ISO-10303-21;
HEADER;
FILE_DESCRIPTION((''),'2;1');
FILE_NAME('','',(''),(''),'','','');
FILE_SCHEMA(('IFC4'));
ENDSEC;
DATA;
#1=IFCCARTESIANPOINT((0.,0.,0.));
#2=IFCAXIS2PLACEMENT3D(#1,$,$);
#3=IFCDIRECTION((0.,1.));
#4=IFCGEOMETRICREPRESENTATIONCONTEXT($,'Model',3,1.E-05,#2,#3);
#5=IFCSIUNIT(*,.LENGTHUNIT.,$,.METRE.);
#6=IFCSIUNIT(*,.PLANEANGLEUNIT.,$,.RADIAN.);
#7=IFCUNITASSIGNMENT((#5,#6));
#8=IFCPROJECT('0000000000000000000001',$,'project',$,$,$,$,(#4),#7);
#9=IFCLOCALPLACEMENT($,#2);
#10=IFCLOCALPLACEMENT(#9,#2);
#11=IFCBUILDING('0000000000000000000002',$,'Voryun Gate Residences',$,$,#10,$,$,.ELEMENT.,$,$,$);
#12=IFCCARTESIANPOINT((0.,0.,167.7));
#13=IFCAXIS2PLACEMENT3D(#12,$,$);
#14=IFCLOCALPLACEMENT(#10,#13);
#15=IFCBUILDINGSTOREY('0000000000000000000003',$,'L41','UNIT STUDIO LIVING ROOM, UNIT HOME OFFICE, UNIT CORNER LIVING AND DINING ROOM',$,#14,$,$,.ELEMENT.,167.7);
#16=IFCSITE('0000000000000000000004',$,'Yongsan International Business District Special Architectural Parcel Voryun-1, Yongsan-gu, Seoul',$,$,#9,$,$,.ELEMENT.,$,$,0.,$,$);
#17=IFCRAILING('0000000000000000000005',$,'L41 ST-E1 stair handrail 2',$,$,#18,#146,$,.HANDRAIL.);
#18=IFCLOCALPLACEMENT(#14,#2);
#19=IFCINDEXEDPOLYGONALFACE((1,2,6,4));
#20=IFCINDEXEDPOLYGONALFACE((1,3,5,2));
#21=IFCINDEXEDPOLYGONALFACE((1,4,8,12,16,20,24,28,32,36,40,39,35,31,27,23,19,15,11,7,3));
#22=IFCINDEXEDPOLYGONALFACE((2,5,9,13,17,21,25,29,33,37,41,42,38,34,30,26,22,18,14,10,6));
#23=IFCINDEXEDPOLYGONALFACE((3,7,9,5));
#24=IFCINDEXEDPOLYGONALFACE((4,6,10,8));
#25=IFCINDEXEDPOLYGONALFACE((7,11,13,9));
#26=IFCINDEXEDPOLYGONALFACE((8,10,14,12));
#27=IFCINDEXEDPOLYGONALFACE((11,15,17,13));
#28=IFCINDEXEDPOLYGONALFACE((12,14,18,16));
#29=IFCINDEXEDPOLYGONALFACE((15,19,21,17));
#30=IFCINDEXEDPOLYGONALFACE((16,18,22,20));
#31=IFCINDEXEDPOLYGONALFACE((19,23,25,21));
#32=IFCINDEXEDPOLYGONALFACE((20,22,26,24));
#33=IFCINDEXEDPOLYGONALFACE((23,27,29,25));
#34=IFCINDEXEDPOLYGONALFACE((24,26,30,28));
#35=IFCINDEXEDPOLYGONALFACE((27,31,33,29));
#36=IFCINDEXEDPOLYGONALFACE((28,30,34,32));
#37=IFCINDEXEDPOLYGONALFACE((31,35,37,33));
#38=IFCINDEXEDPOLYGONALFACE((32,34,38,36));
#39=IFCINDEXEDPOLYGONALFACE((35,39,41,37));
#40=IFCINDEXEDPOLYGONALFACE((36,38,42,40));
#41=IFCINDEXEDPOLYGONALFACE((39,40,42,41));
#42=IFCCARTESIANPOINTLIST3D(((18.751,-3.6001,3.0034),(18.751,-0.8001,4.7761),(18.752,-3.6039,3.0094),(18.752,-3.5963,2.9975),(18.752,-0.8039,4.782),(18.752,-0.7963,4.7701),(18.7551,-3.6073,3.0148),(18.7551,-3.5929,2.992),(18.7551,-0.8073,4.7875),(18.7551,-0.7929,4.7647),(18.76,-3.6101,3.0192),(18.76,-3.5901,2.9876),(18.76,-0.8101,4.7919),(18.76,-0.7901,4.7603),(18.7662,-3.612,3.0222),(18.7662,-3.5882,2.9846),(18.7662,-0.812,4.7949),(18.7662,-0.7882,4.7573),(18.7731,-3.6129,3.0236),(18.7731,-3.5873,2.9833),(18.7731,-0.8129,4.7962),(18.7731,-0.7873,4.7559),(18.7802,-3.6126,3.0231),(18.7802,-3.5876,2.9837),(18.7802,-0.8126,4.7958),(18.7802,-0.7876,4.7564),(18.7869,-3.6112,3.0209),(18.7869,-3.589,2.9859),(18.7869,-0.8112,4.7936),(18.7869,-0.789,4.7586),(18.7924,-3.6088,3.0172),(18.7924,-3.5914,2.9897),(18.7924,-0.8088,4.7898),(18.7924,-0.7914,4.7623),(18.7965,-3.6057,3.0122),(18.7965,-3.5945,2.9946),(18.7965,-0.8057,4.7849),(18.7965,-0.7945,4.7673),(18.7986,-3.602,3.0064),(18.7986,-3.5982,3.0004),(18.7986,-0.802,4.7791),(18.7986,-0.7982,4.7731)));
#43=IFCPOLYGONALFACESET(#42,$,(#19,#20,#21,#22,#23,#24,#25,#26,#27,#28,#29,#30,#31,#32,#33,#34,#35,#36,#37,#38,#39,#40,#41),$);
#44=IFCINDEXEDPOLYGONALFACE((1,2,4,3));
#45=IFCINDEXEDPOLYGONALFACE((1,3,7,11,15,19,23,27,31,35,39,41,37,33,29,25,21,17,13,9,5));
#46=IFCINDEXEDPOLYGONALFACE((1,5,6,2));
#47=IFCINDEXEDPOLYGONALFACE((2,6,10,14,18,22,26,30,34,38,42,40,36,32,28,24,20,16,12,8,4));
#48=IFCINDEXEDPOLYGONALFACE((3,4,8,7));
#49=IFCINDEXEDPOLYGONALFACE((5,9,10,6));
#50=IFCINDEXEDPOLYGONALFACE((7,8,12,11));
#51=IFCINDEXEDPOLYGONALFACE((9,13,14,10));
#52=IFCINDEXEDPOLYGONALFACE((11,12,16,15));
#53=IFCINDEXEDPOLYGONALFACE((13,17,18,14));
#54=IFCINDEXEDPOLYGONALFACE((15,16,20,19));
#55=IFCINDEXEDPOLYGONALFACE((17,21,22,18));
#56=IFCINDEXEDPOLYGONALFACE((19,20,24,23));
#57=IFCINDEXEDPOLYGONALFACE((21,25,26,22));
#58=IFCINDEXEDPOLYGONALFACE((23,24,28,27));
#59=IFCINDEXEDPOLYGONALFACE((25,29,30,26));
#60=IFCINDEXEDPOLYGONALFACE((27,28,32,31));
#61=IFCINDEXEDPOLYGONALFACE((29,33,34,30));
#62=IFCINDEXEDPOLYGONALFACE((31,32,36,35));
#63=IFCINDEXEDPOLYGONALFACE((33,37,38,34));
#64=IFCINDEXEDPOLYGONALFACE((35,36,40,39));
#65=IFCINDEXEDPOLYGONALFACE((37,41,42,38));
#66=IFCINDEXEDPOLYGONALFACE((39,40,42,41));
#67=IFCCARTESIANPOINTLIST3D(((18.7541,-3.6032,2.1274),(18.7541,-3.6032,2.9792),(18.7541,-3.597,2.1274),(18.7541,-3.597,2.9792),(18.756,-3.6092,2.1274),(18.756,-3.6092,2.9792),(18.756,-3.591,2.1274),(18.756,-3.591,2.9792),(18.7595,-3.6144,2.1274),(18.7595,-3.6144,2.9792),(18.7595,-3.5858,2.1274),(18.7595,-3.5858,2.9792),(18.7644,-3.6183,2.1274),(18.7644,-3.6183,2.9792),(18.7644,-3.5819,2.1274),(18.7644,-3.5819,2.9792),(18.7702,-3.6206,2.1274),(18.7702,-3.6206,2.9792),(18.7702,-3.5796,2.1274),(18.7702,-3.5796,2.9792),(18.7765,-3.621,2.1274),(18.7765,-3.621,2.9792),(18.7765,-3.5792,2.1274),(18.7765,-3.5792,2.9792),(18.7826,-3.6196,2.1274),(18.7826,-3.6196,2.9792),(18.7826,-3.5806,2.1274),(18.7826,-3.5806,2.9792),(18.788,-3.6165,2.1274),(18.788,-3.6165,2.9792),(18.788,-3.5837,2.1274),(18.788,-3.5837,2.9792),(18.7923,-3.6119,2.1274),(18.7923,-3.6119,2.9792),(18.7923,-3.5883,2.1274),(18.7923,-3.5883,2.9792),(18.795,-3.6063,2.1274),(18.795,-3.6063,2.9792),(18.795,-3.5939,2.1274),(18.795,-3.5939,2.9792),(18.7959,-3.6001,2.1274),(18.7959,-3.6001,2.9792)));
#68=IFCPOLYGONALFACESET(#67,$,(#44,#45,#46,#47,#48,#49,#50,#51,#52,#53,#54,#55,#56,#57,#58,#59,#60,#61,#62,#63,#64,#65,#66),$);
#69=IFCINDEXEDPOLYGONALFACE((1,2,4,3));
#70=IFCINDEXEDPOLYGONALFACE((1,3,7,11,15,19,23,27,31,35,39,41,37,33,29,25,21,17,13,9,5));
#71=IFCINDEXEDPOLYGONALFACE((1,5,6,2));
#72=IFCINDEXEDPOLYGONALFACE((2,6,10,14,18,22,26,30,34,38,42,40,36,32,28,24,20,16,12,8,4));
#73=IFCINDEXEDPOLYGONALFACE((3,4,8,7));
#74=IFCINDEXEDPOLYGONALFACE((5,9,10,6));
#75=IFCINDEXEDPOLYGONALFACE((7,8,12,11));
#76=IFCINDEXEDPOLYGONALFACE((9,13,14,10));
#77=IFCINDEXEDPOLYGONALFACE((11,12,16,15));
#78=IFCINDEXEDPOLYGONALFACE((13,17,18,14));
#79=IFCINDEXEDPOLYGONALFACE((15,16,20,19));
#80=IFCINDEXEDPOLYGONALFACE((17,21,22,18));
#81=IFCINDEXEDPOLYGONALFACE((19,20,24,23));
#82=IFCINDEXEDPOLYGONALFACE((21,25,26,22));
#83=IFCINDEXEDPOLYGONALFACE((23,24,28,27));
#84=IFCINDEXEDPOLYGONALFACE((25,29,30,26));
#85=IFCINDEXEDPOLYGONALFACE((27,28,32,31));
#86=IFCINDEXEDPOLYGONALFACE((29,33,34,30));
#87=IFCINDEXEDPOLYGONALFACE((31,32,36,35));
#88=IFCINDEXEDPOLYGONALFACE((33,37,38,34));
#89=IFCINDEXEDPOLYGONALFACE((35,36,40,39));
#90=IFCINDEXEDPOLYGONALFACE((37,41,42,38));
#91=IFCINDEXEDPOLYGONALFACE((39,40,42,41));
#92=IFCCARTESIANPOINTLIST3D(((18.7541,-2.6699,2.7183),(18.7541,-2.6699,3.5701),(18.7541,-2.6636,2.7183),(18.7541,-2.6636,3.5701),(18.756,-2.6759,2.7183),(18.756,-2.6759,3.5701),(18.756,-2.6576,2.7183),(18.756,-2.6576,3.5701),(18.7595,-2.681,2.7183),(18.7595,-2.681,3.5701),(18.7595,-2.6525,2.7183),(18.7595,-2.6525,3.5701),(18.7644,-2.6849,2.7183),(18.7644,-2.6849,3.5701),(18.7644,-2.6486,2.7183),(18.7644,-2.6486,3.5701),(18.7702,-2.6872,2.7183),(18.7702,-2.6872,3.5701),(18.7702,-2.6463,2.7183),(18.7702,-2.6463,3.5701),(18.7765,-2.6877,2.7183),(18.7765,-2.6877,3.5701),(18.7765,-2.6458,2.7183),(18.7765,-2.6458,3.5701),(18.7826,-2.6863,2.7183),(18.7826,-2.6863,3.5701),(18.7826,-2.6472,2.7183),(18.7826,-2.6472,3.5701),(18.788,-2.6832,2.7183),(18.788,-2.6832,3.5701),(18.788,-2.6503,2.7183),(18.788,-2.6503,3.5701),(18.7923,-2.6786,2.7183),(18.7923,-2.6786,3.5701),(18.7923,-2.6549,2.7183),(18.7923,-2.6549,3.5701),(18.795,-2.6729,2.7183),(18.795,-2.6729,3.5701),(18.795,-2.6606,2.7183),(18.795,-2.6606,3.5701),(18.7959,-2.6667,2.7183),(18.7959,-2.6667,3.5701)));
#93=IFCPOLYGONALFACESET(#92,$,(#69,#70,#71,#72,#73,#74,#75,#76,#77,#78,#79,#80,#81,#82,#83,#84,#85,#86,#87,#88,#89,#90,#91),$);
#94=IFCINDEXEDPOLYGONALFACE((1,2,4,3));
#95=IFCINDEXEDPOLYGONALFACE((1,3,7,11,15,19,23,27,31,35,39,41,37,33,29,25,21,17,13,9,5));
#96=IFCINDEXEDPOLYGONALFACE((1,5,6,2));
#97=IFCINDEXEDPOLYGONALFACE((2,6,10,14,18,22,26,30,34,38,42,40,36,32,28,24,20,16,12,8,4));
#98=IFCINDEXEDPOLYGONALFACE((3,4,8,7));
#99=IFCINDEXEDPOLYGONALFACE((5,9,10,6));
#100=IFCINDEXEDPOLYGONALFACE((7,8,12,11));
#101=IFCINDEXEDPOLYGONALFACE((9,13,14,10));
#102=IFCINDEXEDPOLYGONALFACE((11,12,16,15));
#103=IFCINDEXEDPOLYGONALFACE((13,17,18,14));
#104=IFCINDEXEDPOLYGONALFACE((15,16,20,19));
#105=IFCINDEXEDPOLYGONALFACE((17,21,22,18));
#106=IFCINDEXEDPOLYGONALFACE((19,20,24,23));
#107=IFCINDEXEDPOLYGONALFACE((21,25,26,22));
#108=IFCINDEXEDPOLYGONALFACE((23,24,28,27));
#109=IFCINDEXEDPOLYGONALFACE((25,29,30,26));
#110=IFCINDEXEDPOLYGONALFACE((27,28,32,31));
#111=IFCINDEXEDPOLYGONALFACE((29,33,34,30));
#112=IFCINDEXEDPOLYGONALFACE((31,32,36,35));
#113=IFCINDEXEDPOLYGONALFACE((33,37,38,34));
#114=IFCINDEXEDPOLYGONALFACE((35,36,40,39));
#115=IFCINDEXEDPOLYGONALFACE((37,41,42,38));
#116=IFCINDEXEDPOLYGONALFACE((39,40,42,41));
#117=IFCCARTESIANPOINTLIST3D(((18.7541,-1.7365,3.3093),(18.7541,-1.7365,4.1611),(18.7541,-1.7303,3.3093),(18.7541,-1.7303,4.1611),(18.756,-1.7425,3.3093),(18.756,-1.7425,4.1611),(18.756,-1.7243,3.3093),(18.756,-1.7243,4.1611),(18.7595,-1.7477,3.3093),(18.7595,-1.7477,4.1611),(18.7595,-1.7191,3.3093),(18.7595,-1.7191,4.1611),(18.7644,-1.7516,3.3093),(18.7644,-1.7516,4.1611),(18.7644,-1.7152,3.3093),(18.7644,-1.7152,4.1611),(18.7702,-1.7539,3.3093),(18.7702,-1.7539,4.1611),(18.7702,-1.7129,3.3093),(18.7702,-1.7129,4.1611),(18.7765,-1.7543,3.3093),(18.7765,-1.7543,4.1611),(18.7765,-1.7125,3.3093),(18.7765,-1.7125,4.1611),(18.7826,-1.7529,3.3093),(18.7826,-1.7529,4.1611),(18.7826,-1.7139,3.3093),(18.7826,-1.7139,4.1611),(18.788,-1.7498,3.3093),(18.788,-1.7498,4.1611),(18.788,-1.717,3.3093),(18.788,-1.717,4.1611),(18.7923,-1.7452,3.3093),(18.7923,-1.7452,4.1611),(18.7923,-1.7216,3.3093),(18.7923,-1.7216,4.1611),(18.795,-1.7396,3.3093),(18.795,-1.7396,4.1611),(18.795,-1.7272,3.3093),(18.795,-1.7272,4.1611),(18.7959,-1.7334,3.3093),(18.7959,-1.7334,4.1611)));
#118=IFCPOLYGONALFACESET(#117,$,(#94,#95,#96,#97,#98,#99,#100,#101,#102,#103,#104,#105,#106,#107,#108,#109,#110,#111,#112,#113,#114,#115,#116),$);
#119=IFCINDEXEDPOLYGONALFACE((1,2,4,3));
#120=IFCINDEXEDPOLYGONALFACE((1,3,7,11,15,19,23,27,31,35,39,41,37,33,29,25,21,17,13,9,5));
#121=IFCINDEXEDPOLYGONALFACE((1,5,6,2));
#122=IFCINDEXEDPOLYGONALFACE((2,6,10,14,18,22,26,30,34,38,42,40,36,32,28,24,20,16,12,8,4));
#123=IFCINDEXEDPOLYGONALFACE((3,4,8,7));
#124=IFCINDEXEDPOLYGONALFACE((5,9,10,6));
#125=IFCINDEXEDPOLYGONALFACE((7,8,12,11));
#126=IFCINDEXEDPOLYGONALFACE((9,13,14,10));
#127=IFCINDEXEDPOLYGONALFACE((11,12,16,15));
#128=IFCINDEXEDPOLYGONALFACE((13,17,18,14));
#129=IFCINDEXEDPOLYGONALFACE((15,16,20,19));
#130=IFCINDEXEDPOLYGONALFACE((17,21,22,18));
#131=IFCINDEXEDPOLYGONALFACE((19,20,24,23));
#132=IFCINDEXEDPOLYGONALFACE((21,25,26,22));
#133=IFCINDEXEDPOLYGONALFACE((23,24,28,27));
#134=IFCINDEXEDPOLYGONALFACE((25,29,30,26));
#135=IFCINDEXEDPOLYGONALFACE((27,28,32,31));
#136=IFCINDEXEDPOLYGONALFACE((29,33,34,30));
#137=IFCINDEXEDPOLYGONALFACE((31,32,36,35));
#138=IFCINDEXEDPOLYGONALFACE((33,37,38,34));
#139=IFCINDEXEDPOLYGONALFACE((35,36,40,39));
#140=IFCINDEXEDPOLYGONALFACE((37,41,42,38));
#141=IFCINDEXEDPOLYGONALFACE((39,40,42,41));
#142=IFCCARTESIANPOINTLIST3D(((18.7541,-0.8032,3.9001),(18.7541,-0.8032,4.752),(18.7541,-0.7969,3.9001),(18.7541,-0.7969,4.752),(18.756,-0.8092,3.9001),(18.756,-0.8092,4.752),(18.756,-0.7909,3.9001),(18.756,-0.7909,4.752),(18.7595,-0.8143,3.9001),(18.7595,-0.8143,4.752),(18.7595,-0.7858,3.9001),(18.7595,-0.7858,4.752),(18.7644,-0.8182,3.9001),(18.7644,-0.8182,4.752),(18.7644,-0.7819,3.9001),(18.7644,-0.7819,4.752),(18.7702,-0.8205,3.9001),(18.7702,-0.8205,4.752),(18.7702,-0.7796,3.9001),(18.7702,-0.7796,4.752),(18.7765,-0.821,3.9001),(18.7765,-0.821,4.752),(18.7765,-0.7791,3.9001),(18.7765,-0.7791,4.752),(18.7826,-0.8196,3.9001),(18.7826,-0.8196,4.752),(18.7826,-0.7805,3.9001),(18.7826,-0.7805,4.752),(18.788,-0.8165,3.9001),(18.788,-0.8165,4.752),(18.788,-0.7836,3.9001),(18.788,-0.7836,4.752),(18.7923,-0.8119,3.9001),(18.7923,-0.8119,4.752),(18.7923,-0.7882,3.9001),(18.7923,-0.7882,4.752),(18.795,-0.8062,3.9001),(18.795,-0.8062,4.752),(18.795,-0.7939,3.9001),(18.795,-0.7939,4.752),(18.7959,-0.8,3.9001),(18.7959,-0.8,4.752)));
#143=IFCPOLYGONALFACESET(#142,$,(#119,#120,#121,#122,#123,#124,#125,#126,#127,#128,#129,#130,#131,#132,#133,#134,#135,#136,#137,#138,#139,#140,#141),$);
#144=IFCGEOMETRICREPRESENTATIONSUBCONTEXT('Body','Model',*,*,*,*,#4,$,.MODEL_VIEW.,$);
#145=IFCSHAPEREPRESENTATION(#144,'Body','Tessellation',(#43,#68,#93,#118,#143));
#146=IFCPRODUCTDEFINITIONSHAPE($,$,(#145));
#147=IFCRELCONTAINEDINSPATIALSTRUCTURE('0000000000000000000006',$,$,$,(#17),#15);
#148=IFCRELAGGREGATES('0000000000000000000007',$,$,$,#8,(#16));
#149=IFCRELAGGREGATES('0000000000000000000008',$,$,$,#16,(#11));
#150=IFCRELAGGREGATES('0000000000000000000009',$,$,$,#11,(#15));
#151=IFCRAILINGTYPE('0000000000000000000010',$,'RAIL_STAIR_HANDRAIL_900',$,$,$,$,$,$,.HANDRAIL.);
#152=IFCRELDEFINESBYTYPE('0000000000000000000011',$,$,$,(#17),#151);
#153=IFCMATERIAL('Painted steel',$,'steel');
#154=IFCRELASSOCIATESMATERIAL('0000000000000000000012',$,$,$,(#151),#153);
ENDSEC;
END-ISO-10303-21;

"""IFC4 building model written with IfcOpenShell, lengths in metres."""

from ifc_helpers import new_model, si_unit, direction, frame, origin, origin_2d, place, context, subcontext, project, spatial, circle, extrude, material, type_object, element, save


model = new_model("IFC4")

# Units and contexts
model_context = context("Model", 3, precision=1e-05, world=origin(), true_north=direction((0.0, 1.0)))
body_context = subcontext(model_context, "Body", "Model", "MODEL_VIEW")
ifc_project = project(units=[si_unit("LENGTHUNIT", "METRE"), si_unit("PLANEANGLEUNIT", "RADIAN")], contexts=[model_context])

# Site, building, storey
site_placement = place(None, origin())
site = spatial("IfcSite", under=ifc_project, at=site_placement, Name="Yongsan International Business District Special Architectural Parcel Voryun-1, Yongsan-gu, Seoul", CompositionType="ELEMENT", RefElevation=0.0)
building_placement = place(site_placement, origin())
building = spatial("IfcBuilding", under=site, at=building_placement, Name="Voryun Gate Residences", CompositionType="ELEMENT")
storey_placement = place(building_placement, frame((0.0, 0.0, 167.7)))
storey = spatial("IfcBuildingStorey", under=building, at=storey_placement, Name="L41", Description="UNIT STUDIO LIVING ROOM, UNIT HOME OFFICE, UNIT CORNER LIVING AND DINING ROOM", CompositionType="ELEMENT", Elevation=167.7)

# Railing
ifc_material_1 = material(Name="Painted steel", Category="steel")
railing_type_1 = type_object("IfcRailingType", Name="RAIL_STAIR_HANDRAIL_900", PredefinedType="HANDRAIL", material=ifc_material_1)
railing_1_placement = place(storey_placement, frame((18.7749, -3.6001, 2.1274)))
element("IfcRailing", 1, at=railing_1_placement, inside=storey, type_object=railing_type_1, Name="L41 ST-E1 stair handrail 2", PredefinedType="HANDRAIL", context=body_context, shape_type="SweptSolid", body=[
    extrude(circle(Radius=0.0239, at=origin_2d()), frame((0.0, 0.0, 0.876), z_axis=(0.0, 0.844909, 0.53491), x_axis=(-1.0, 0.0, 0.0)), (0.0, 0.0, 1.0), 3.314),
    extrude(circle(Radius=0.021, at=origin_2d()), origin(), (0.0, 0.0, 1.0), 0.8518),
    extrude(circle(Radius=0.021, at=origin_2d()), frame((0.0, 0.9333, 0.5908)), (0.0, 0.0, 1.0), 0.8518),
    extrude(circle(Radius=0.021, at=origin_2d()), frame((0.0, 1.8667, 1.1819)), (0.0, 0.0, 1.0), 0.8518),
    extrude(circle(Radius=0.021, at=origin_2d()), frame((0.0, 2.8, 1.7727)), (0.0, 0.0, 1.0), 0.8518),
])

save(model, "model.ifc")
